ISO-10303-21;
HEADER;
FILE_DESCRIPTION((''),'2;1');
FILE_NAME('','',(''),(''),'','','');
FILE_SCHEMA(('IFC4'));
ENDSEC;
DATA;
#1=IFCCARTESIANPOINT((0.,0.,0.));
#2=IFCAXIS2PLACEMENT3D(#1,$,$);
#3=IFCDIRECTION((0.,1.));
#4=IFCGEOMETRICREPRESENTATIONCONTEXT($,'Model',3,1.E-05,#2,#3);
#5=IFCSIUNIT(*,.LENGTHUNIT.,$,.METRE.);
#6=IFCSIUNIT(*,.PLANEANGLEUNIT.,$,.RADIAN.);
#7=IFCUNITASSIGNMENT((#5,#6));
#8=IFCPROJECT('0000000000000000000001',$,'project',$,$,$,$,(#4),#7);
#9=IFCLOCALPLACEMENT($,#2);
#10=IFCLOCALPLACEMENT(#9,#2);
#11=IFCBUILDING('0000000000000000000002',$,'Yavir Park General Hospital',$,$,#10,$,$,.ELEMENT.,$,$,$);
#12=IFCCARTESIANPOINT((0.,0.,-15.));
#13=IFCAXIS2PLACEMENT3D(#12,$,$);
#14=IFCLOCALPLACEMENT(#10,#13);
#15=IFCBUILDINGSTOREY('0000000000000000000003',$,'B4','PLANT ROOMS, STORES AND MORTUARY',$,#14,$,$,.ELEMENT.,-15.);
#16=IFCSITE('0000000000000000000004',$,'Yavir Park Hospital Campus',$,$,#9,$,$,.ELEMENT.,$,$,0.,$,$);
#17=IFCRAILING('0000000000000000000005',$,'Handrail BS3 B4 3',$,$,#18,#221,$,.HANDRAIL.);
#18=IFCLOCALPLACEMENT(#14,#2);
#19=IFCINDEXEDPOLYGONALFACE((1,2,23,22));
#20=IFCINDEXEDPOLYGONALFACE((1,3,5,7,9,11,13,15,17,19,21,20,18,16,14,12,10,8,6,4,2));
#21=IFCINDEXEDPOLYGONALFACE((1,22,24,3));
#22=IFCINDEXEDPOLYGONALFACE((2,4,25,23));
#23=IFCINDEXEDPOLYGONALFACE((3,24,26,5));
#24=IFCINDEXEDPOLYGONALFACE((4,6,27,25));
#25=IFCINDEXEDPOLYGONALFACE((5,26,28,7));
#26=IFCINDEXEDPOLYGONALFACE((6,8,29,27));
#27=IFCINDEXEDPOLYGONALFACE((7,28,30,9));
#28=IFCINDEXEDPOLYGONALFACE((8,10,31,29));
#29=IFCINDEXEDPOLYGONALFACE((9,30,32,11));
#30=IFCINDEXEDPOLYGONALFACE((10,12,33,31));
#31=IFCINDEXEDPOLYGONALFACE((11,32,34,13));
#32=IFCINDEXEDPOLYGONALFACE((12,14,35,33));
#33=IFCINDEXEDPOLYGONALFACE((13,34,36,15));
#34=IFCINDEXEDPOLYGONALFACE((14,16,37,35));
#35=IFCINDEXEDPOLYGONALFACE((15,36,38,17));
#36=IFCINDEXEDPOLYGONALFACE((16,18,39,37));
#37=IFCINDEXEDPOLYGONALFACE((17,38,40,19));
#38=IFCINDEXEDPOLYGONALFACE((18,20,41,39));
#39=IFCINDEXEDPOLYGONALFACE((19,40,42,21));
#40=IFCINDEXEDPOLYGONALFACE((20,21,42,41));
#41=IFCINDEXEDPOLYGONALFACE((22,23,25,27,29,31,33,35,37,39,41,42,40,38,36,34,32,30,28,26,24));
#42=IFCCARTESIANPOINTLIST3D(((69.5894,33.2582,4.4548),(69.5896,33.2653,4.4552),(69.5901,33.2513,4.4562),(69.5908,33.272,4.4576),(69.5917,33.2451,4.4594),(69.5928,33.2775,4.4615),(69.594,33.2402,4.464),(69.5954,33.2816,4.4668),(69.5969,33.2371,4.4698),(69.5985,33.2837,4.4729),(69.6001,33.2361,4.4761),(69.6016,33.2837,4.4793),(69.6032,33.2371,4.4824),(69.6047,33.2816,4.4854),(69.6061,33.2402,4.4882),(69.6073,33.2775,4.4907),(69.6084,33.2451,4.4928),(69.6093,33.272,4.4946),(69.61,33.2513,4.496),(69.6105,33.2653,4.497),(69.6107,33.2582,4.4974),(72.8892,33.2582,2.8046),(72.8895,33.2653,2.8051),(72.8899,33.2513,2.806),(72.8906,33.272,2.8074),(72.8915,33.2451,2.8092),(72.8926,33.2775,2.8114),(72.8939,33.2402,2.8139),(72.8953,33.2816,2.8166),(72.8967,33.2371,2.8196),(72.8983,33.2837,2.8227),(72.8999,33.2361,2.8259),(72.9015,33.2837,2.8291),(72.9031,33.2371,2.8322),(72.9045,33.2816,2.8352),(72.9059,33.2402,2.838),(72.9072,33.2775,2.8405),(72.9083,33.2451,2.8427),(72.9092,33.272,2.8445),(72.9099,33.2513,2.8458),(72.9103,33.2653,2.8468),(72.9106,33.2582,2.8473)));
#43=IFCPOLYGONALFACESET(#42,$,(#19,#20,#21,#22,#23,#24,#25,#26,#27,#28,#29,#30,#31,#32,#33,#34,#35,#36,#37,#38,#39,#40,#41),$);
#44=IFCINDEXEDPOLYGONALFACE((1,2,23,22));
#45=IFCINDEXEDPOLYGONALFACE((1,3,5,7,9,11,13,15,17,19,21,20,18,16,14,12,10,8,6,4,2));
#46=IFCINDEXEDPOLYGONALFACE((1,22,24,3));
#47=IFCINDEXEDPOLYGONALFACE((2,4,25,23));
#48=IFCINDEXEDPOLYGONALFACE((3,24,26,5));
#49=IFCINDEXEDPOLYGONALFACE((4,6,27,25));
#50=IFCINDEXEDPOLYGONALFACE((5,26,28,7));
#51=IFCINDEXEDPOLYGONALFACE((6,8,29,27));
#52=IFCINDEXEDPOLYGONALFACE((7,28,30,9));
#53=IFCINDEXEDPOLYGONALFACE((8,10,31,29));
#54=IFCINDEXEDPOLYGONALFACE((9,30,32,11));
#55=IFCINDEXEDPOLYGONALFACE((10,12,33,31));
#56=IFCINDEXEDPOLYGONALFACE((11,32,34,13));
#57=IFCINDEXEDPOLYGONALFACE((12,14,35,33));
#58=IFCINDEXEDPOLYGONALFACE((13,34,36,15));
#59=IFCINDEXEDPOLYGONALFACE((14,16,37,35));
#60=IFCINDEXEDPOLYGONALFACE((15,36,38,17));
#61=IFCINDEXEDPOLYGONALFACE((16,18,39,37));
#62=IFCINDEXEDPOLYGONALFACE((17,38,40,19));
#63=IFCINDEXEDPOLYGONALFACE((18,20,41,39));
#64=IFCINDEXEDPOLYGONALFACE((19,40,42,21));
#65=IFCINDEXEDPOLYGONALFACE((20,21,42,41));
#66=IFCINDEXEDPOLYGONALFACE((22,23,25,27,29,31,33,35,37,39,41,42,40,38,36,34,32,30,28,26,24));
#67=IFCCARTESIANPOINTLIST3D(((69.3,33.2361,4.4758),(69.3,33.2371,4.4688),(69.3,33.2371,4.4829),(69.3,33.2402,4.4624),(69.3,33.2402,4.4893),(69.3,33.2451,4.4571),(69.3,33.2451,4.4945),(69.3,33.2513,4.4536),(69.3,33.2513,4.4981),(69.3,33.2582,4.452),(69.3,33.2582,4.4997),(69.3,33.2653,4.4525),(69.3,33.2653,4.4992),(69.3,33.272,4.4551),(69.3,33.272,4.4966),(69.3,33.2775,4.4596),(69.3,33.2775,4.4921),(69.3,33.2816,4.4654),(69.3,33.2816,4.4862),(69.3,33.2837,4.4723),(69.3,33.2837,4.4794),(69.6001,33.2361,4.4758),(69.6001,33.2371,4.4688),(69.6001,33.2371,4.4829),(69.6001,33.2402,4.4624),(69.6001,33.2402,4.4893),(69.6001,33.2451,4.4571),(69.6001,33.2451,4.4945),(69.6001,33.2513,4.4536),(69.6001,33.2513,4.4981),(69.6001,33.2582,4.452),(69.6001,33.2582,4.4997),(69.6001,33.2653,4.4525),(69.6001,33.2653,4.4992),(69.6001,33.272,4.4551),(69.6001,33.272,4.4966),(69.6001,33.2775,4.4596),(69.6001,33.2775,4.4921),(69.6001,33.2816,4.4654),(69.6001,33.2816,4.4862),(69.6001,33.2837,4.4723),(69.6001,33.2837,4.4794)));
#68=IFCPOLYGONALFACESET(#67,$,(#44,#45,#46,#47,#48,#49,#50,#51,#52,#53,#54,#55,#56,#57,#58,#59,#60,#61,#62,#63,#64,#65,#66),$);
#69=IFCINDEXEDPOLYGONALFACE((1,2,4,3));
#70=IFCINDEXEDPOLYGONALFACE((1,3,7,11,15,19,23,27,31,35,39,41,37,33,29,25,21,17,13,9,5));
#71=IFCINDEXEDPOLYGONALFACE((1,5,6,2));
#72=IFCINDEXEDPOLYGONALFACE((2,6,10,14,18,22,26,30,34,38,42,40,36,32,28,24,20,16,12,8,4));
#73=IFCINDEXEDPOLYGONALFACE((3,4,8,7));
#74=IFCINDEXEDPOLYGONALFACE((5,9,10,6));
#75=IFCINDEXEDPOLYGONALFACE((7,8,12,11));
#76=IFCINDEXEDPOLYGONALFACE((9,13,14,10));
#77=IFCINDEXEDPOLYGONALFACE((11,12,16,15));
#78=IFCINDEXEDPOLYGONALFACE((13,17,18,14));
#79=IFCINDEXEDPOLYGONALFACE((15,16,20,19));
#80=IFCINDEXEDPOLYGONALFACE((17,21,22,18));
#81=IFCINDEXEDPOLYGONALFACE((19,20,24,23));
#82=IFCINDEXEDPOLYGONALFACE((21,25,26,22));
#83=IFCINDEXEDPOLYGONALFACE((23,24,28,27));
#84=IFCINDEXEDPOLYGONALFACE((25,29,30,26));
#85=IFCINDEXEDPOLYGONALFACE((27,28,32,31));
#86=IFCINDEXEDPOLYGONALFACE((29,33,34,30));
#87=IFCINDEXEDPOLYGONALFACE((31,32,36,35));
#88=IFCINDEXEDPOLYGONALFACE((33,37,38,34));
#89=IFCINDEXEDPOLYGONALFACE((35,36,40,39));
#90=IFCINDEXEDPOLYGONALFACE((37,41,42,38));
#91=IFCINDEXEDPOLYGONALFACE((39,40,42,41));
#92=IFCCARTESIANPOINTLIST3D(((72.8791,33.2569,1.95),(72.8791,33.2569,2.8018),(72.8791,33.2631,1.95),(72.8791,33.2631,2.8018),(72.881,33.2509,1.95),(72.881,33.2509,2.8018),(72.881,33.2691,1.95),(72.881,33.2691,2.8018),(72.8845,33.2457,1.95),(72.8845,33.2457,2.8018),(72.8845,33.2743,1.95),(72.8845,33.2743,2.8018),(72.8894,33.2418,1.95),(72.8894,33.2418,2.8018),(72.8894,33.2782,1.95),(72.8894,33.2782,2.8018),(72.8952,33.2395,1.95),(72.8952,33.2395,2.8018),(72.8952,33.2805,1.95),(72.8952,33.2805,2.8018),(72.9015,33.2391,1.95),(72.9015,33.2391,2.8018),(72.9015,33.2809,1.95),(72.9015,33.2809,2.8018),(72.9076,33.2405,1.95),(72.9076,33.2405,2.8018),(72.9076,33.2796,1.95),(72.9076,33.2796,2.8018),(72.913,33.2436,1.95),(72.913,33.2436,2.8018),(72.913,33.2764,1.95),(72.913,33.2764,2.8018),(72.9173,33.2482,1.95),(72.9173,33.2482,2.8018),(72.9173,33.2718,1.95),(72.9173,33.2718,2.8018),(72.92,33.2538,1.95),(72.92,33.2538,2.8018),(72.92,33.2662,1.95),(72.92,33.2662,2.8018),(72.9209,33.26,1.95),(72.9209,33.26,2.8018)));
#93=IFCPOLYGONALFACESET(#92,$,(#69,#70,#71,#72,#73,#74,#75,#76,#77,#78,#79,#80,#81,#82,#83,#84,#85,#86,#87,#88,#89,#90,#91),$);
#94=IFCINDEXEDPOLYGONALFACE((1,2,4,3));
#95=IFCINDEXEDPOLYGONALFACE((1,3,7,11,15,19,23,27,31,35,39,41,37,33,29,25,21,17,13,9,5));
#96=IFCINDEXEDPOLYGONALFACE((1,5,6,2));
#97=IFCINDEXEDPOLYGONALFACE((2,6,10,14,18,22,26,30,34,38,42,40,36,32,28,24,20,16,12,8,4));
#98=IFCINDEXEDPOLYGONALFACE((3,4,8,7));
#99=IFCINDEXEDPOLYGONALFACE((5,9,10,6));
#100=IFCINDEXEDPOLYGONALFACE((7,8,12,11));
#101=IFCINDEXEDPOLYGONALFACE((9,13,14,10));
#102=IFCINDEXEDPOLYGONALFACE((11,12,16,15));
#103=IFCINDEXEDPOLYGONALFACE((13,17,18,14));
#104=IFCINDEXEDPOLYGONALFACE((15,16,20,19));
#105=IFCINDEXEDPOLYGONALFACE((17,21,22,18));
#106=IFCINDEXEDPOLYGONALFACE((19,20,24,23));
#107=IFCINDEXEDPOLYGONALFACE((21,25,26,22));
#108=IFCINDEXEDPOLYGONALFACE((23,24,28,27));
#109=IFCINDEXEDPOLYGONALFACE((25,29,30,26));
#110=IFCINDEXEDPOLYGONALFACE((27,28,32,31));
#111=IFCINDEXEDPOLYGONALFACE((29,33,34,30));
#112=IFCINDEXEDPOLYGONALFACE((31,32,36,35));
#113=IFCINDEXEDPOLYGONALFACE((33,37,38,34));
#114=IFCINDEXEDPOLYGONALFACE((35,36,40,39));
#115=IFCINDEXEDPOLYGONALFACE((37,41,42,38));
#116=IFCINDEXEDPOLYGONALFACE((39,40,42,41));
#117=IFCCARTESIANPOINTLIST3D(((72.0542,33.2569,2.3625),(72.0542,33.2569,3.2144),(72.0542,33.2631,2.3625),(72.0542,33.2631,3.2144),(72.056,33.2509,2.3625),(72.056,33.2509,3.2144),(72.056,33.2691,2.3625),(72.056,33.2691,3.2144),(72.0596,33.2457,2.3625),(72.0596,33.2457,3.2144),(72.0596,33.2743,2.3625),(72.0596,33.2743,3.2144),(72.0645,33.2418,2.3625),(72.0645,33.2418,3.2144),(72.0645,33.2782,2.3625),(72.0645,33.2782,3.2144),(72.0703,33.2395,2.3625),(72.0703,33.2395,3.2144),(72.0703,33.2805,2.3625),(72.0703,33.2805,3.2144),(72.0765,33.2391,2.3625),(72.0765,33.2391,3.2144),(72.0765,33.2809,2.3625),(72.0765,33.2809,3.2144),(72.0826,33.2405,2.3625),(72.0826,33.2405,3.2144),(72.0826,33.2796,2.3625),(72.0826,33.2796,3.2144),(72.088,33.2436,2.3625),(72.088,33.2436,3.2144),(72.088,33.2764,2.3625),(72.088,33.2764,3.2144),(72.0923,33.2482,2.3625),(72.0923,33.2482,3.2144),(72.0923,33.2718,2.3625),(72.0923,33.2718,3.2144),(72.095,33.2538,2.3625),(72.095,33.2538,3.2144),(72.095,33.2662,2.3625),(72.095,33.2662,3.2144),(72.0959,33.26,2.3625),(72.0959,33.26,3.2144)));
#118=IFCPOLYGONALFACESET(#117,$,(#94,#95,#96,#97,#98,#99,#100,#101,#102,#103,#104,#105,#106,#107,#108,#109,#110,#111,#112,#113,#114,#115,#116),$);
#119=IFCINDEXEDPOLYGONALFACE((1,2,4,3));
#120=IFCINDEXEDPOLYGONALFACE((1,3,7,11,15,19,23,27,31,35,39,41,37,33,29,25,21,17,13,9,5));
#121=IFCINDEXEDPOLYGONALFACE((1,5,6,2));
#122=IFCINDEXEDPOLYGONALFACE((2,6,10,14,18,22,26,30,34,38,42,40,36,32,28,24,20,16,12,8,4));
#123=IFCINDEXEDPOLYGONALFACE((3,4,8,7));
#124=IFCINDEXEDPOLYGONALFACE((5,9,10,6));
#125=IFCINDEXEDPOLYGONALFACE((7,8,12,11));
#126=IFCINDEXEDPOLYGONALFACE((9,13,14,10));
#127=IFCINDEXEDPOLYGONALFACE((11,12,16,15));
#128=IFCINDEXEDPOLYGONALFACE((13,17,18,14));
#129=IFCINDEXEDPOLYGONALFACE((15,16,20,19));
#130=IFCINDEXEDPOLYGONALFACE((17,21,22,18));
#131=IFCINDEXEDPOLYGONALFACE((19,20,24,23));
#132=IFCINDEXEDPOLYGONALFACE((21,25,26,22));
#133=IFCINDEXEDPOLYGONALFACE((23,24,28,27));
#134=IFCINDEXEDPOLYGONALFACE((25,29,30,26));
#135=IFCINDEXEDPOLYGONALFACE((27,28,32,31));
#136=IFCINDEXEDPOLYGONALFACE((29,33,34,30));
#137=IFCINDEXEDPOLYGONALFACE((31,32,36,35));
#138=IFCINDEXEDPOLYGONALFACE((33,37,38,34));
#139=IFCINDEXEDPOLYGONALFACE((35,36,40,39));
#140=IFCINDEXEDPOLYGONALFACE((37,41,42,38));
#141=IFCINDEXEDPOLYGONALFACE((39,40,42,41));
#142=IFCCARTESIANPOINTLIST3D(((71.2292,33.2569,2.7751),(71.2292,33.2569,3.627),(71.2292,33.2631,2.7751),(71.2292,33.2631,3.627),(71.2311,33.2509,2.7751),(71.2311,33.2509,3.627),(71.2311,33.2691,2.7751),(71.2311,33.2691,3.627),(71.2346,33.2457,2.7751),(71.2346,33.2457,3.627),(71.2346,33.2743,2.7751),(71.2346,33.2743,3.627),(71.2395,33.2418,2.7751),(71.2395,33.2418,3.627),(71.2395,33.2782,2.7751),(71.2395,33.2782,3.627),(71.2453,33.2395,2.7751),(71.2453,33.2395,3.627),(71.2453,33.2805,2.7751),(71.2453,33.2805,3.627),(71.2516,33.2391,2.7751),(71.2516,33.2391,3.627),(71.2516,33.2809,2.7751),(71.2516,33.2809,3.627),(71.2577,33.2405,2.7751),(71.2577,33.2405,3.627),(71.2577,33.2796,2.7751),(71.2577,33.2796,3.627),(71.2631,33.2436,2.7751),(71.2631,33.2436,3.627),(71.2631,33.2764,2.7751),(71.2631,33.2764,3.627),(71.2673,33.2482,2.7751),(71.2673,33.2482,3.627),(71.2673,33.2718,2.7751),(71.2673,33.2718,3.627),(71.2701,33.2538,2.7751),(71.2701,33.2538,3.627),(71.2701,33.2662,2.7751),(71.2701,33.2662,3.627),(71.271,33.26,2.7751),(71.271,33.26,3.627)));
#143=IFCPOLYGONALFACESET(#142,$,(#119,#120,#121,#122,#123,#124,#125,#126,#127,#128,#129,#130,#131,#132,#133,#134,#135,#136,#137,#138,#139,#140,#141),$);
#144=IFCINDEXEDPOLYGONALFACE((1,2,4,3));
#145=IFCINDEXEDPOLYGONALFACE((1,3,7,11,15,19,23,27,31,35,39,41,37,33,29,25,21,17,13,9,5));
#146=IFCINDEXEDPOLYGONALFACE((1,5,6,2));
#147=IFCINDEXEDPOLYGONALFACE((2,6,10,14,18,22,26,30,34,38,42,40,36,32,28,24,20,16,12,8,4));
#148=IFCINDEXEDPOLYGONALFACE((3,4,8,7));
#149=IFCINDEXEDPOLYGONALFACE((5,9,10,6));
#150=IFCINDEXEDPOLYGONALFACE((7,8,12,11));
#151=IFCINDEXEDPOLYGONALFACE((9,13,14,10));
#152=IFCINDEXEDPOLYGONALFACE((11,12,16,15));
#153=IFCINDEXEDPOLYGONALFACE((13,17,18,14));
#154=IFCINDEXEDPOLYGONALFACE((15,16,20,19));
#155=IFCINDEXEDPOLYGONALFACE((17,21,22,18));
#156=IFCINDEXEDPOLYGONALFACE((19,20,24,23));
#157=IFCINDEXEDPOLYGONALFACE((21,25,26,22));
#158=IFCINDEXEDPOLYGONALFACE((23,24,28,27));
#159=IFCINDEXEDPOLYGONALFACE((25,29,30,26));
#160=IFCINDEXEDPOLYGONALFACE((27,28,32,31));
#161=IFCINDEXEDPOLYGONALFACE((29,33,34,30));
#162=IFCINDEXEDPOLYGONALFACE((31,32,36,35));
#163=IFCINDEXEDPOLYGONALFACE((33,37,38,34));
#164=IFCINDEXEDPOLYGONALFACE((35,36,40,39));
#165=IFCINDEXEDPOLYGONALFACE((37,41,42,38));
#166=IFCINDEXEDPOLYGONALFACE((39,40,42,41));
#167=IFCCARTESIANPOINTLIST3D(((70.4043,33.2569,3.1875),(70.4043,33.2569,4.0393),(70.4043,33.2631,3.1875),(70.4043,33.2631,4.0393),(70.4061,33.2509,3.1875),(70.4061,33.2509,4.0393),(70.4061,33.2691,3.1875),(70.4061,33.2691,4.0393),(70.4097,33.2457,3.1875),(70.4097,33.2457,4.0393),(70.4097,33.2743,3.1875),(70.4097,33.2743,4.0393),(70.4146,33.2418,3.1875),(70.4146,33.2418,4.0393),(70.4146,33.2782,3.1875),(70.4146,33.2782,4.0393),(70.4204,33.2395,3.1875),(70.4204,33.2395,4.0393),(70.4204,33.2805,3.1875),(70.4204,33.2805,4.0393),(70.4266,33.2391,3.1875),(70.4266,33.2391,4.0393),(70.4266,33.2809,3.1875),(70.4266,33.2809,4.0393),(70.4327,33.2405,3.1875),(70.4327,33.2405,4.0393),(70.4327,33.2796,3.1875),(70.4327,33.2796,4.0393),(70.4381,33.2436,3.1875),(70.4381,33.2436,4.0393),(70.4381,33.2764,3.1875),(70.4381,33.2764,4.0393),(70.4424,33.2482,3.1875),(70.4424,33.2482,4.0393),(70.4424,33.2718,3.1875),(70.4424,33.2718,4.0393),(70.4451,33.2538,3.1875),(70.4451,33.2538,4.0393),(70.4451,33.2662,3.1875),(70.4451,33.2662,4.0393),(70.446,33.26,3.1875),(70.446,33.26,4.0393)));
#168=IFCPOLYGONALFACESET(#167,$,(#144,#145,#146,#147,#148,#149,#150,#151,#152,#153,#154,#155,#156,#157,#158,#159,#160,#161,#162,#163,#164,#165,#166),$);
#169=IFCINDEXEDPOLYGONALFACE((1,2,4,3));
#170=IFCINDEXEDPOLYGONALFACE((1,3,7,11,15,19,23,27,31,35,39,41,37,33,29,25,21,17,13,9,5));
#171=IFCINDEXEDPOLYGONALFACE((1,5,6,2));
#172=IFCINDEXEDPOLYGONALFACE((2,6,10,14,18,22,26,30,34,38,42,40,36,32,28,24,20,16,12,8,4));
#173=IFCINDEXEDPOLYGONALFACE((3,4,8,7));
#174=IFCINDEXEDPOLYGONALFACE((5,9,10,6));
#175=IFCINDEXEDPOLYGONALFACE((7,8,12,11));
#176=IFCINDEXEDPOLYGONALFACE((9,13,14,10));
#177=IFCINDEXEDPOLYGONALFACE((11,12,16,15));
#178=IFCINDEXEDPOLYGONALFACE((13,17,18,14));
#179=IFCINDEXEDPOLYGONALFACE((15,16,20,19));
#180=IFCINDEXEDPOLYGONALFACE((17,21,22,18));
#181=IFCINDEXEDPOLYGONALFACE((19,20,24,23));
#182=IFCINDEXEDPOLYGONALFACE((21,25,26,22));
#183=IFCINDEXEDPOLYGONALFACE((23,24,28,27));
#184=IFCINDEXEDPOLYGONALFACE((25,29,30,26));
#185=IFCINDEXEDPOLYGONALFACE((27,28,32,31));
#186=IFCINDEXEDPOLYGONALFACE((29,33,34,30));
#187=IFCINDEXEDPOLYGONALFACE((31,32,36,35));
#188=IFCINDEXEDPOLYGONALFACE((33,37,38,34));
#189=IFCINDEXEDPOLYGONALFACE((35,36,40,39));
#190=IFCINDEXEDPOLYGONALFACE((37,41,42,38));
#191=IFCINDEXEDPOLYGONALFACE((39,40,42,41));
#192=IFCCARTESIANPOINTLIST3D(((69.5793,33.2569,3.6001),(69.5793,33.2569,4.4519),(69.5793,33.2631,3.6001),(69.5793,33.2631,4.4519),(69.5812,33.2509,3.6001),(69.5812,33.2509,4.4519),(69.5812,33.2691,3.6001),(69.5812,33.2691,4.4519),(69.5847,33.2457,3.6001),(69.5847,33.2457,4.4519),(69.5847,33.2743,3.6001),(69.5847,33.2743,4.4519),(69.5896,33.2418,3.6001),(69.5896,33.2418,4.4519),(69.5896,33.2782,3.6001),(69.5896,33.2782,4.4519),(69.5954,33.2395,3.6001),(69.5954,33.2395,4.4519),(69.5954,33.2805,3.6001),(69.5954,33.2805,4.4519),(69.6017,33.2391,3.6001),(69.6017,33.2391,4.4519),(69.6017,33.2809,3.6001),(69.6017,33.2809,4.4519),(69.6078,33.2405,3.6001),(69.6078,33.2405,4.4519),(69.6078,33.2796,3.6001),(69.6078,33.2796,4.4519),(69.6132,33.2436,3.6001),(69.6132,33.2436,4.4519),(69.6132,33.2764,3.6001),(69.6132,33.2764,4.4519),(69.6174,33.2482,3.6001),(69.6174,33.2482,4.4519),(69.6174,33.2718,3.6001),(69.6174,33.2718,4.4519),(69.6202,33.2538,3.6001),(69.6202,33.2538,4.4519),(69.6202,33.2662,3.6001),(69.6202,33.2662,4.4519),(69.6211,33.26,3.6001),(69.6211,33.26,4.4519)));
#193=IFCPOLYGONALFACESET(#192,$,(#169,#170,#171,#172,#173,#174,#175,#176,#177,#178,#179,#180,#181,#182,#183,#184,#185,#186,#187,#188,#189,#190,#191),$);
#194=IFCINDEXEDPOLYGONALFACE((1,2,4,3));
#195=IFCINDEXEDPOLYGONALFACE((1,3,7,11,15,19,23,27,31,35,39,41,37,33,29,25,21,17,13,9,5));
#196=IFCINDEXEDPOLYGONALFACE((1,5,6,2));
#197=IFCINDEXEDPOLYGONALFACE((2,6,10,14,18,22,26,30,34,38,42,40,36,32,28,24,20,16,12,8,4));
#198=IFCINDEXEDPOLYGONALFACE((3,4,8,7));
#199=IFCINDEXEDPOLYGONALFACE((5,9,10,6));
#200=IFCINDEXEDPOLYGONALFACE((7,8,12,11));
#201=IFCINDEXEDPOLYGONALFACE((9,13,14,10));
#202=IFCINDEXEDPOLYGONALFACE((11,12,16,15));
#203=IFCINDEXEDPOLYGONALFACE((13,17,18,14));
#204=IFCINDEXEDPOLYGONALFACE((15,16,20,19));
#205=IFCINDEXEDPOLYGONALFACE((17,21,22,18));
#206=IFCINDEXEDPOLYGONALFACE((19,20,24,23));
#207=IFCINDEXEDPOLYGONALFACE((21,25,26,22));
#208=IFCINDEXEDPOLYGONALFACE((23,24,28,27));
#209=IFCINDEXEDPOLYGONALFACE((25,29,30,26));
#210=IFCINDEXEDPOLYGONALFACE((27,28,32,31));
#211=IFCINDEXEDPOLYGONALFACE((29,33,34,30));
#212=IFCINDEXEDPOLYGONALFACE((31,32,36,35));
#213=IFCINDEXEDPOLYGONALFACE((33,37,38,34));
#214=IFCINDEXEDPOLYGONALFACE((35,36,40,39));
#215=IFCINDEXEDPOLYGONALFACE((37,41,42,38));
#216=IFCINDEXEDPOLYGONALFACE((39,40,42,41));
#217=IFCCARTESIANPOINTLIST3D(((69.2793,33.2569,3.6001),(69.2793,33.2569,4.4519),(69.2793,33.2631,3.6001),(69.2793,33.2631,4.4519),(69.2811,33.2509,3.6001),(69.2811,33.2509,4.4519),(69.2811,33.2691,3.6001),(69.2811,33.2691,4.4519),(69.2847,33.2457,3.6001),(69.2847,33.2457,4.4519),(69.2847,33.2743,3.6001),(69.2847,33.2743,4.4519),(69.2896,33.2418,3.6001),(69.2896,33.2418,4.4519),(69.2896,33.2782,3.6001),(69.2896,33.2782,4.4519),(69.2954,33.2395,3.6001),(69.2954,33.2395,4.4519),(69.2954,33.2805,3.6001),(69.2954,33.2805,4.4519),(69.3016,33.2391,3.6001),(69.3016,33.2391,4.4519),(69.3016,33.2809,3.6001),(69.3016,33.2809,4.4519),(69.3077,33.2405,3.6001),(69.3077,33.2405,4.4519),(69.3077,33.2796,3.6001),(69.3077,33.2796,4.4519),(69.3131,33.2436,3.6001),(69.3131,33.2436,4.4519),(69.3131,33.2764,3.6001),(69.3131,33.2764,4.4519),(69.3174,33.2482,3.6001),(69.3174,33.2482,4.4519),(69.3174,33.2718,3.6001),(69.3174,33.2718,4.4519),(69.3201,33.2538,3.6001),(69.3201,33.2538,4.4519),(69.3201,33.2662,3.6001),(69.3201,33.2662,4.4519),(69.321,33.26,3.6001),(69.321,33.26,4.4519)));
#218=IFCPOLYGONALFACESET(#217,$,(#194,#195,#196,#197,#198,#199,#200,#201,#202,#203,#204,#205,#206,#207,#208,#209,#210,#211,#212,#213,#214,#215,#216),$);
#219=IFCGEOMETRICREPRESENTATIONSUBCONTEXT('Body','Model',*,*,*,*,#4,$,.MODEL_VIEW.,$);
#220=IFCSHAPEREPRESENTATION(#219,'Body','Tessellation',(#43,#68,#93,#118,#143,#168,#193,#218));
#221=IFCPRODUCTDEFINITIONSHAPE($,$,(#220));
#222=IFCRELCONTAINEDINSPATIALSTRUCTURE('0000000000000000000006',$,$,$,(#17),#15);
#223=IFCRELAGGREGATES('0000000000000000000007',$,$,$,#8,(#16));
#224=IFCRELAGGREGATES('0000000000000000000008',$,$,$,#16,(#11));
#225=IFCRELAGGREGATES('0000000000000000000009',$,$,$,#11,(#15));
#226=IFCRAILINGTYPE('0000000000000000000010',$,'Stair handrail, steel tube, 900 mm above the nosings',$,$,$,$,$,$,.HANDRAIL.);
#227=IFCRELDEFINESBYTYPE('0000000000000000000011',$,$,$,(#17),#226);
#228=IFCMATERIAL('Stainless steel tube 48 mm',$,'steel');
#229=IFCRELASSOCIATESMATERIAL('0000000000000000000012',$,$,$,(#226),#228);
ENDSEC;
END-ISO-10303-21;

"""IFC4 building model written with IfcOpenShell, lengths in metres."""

from ifc_helpers import new_model, si_unit, direction, frame, origin, origin_2d, place, context, subcontext, project, spatial, circle, extrude, material, type_object, element, save


model = new_model("IFC4")

# Units and contexts
model_context = context("Model", 3, precision=1e-05, world=origin(), true_north=direction((0.0, 1.0)))
body_context = subcontext(model_context, "Body", "Model", "MODEL_VIEW")
ifc_project = project(units=[si_unit("LENGTHUNIT", "METRE"), si_unit("PLANEANGLEUNIT", "RADIAN")], contexts=[model_context])

# Site, building, storey
site_placement = place(None, origin())
site = spatial("IfcSite", under=ifc_project, at=site_placement, Name="Yavir Park Hospital Campus", CompositionType="ELEMENT", RefElevation=0.0)
building_placement = place(site_placement, origin())
building = spatial("IfcBuilding", under=site, at=building_placement, Name="Yavir Park General Hospital", CompositionType="ELEMENT")
storey_placement = place(building_placement, frame((0.0, 0.0, -15.0)))
storey = spatial("IfcBuildingStorey", under=building, at=storey_placement, Name="B4", Description="PLANT ROOMS, STORES AND MORTUARY", CompositionType="ELEMENT", Elevation=-15.0)

# Railing
ifc_material_1 = material(Name="Stainless steel tube 48 mm", Category="steel")
railing_type = type_object("IfcRailingType", Name="Stair handrail, steel tube, 900 mm above the nosings", PredefinedType="HANDRAIL", material=ifc_material_1)
railing_placement = place(storey_placement, frame((72.8999, 33.26, 1.95)))
element("IfcRailing", 1, at=railing_placement, inside=storey, type_object=railing_type, Name="Handrail BS3 B4 3", PredefinedType="HANDRAIL", context=body_context, shape_type="SweptSolid", body=[
    extrude(circle(Radius=0.0239, at=origin_2d()), frame((0.0, 0.0, 0.876), z_axis=(-0.894401, 0.0, 0.447267), x_axis=(0.0, -1.0, 0.0)), (0.0, 0.0, 1.0), 3.6895),
    extrude(circle(Radius=0.0239, at=origin_2d()), frame((-3.2998, 0.0, 2.5259), z_axis=(-1.0, 0.0, 0.0), x_axis=(0.0, -1.0, 0.0)), (0.0, 0.0, 1.0), 0.3),
    extrude(circle(Radius=0.021, at=origin_2d()), origin(), (0.0, 0.0, 1.0), 0.8518),
    extrude(circle(Radius=0.021, at=origin_2d()), frame((-0.825, 0.0, 0.4126)), (0.0, 0.0, 1.0), 0.8518),
    extrude(circle(Radius=0.021, at=origin_2d()), frame((-1.6499, 0.0, 0.8252)), (0.0, 0.0, 1.0), 0.8518),
    extrude(circle(Radius=0.021, at=origin_2d()), frame((-2.4749, 0.0, 1.2375)), (0.0, 0.0, 1.0), 0.8518),
    extrude(circle(Radius=0.021, at=origin_2d()), frame((-3.2998, 0.0, 1.6501)), (0.0, 0.0, 1.0), 0.8518),
    extrude(circle(Radius=0.021, at=origin_2d()), frame((-3.5999, 0.0, 1.6501)), (0.0, 0.0, 1.0), 0.8518),
])

save(model, "model.ifc")
